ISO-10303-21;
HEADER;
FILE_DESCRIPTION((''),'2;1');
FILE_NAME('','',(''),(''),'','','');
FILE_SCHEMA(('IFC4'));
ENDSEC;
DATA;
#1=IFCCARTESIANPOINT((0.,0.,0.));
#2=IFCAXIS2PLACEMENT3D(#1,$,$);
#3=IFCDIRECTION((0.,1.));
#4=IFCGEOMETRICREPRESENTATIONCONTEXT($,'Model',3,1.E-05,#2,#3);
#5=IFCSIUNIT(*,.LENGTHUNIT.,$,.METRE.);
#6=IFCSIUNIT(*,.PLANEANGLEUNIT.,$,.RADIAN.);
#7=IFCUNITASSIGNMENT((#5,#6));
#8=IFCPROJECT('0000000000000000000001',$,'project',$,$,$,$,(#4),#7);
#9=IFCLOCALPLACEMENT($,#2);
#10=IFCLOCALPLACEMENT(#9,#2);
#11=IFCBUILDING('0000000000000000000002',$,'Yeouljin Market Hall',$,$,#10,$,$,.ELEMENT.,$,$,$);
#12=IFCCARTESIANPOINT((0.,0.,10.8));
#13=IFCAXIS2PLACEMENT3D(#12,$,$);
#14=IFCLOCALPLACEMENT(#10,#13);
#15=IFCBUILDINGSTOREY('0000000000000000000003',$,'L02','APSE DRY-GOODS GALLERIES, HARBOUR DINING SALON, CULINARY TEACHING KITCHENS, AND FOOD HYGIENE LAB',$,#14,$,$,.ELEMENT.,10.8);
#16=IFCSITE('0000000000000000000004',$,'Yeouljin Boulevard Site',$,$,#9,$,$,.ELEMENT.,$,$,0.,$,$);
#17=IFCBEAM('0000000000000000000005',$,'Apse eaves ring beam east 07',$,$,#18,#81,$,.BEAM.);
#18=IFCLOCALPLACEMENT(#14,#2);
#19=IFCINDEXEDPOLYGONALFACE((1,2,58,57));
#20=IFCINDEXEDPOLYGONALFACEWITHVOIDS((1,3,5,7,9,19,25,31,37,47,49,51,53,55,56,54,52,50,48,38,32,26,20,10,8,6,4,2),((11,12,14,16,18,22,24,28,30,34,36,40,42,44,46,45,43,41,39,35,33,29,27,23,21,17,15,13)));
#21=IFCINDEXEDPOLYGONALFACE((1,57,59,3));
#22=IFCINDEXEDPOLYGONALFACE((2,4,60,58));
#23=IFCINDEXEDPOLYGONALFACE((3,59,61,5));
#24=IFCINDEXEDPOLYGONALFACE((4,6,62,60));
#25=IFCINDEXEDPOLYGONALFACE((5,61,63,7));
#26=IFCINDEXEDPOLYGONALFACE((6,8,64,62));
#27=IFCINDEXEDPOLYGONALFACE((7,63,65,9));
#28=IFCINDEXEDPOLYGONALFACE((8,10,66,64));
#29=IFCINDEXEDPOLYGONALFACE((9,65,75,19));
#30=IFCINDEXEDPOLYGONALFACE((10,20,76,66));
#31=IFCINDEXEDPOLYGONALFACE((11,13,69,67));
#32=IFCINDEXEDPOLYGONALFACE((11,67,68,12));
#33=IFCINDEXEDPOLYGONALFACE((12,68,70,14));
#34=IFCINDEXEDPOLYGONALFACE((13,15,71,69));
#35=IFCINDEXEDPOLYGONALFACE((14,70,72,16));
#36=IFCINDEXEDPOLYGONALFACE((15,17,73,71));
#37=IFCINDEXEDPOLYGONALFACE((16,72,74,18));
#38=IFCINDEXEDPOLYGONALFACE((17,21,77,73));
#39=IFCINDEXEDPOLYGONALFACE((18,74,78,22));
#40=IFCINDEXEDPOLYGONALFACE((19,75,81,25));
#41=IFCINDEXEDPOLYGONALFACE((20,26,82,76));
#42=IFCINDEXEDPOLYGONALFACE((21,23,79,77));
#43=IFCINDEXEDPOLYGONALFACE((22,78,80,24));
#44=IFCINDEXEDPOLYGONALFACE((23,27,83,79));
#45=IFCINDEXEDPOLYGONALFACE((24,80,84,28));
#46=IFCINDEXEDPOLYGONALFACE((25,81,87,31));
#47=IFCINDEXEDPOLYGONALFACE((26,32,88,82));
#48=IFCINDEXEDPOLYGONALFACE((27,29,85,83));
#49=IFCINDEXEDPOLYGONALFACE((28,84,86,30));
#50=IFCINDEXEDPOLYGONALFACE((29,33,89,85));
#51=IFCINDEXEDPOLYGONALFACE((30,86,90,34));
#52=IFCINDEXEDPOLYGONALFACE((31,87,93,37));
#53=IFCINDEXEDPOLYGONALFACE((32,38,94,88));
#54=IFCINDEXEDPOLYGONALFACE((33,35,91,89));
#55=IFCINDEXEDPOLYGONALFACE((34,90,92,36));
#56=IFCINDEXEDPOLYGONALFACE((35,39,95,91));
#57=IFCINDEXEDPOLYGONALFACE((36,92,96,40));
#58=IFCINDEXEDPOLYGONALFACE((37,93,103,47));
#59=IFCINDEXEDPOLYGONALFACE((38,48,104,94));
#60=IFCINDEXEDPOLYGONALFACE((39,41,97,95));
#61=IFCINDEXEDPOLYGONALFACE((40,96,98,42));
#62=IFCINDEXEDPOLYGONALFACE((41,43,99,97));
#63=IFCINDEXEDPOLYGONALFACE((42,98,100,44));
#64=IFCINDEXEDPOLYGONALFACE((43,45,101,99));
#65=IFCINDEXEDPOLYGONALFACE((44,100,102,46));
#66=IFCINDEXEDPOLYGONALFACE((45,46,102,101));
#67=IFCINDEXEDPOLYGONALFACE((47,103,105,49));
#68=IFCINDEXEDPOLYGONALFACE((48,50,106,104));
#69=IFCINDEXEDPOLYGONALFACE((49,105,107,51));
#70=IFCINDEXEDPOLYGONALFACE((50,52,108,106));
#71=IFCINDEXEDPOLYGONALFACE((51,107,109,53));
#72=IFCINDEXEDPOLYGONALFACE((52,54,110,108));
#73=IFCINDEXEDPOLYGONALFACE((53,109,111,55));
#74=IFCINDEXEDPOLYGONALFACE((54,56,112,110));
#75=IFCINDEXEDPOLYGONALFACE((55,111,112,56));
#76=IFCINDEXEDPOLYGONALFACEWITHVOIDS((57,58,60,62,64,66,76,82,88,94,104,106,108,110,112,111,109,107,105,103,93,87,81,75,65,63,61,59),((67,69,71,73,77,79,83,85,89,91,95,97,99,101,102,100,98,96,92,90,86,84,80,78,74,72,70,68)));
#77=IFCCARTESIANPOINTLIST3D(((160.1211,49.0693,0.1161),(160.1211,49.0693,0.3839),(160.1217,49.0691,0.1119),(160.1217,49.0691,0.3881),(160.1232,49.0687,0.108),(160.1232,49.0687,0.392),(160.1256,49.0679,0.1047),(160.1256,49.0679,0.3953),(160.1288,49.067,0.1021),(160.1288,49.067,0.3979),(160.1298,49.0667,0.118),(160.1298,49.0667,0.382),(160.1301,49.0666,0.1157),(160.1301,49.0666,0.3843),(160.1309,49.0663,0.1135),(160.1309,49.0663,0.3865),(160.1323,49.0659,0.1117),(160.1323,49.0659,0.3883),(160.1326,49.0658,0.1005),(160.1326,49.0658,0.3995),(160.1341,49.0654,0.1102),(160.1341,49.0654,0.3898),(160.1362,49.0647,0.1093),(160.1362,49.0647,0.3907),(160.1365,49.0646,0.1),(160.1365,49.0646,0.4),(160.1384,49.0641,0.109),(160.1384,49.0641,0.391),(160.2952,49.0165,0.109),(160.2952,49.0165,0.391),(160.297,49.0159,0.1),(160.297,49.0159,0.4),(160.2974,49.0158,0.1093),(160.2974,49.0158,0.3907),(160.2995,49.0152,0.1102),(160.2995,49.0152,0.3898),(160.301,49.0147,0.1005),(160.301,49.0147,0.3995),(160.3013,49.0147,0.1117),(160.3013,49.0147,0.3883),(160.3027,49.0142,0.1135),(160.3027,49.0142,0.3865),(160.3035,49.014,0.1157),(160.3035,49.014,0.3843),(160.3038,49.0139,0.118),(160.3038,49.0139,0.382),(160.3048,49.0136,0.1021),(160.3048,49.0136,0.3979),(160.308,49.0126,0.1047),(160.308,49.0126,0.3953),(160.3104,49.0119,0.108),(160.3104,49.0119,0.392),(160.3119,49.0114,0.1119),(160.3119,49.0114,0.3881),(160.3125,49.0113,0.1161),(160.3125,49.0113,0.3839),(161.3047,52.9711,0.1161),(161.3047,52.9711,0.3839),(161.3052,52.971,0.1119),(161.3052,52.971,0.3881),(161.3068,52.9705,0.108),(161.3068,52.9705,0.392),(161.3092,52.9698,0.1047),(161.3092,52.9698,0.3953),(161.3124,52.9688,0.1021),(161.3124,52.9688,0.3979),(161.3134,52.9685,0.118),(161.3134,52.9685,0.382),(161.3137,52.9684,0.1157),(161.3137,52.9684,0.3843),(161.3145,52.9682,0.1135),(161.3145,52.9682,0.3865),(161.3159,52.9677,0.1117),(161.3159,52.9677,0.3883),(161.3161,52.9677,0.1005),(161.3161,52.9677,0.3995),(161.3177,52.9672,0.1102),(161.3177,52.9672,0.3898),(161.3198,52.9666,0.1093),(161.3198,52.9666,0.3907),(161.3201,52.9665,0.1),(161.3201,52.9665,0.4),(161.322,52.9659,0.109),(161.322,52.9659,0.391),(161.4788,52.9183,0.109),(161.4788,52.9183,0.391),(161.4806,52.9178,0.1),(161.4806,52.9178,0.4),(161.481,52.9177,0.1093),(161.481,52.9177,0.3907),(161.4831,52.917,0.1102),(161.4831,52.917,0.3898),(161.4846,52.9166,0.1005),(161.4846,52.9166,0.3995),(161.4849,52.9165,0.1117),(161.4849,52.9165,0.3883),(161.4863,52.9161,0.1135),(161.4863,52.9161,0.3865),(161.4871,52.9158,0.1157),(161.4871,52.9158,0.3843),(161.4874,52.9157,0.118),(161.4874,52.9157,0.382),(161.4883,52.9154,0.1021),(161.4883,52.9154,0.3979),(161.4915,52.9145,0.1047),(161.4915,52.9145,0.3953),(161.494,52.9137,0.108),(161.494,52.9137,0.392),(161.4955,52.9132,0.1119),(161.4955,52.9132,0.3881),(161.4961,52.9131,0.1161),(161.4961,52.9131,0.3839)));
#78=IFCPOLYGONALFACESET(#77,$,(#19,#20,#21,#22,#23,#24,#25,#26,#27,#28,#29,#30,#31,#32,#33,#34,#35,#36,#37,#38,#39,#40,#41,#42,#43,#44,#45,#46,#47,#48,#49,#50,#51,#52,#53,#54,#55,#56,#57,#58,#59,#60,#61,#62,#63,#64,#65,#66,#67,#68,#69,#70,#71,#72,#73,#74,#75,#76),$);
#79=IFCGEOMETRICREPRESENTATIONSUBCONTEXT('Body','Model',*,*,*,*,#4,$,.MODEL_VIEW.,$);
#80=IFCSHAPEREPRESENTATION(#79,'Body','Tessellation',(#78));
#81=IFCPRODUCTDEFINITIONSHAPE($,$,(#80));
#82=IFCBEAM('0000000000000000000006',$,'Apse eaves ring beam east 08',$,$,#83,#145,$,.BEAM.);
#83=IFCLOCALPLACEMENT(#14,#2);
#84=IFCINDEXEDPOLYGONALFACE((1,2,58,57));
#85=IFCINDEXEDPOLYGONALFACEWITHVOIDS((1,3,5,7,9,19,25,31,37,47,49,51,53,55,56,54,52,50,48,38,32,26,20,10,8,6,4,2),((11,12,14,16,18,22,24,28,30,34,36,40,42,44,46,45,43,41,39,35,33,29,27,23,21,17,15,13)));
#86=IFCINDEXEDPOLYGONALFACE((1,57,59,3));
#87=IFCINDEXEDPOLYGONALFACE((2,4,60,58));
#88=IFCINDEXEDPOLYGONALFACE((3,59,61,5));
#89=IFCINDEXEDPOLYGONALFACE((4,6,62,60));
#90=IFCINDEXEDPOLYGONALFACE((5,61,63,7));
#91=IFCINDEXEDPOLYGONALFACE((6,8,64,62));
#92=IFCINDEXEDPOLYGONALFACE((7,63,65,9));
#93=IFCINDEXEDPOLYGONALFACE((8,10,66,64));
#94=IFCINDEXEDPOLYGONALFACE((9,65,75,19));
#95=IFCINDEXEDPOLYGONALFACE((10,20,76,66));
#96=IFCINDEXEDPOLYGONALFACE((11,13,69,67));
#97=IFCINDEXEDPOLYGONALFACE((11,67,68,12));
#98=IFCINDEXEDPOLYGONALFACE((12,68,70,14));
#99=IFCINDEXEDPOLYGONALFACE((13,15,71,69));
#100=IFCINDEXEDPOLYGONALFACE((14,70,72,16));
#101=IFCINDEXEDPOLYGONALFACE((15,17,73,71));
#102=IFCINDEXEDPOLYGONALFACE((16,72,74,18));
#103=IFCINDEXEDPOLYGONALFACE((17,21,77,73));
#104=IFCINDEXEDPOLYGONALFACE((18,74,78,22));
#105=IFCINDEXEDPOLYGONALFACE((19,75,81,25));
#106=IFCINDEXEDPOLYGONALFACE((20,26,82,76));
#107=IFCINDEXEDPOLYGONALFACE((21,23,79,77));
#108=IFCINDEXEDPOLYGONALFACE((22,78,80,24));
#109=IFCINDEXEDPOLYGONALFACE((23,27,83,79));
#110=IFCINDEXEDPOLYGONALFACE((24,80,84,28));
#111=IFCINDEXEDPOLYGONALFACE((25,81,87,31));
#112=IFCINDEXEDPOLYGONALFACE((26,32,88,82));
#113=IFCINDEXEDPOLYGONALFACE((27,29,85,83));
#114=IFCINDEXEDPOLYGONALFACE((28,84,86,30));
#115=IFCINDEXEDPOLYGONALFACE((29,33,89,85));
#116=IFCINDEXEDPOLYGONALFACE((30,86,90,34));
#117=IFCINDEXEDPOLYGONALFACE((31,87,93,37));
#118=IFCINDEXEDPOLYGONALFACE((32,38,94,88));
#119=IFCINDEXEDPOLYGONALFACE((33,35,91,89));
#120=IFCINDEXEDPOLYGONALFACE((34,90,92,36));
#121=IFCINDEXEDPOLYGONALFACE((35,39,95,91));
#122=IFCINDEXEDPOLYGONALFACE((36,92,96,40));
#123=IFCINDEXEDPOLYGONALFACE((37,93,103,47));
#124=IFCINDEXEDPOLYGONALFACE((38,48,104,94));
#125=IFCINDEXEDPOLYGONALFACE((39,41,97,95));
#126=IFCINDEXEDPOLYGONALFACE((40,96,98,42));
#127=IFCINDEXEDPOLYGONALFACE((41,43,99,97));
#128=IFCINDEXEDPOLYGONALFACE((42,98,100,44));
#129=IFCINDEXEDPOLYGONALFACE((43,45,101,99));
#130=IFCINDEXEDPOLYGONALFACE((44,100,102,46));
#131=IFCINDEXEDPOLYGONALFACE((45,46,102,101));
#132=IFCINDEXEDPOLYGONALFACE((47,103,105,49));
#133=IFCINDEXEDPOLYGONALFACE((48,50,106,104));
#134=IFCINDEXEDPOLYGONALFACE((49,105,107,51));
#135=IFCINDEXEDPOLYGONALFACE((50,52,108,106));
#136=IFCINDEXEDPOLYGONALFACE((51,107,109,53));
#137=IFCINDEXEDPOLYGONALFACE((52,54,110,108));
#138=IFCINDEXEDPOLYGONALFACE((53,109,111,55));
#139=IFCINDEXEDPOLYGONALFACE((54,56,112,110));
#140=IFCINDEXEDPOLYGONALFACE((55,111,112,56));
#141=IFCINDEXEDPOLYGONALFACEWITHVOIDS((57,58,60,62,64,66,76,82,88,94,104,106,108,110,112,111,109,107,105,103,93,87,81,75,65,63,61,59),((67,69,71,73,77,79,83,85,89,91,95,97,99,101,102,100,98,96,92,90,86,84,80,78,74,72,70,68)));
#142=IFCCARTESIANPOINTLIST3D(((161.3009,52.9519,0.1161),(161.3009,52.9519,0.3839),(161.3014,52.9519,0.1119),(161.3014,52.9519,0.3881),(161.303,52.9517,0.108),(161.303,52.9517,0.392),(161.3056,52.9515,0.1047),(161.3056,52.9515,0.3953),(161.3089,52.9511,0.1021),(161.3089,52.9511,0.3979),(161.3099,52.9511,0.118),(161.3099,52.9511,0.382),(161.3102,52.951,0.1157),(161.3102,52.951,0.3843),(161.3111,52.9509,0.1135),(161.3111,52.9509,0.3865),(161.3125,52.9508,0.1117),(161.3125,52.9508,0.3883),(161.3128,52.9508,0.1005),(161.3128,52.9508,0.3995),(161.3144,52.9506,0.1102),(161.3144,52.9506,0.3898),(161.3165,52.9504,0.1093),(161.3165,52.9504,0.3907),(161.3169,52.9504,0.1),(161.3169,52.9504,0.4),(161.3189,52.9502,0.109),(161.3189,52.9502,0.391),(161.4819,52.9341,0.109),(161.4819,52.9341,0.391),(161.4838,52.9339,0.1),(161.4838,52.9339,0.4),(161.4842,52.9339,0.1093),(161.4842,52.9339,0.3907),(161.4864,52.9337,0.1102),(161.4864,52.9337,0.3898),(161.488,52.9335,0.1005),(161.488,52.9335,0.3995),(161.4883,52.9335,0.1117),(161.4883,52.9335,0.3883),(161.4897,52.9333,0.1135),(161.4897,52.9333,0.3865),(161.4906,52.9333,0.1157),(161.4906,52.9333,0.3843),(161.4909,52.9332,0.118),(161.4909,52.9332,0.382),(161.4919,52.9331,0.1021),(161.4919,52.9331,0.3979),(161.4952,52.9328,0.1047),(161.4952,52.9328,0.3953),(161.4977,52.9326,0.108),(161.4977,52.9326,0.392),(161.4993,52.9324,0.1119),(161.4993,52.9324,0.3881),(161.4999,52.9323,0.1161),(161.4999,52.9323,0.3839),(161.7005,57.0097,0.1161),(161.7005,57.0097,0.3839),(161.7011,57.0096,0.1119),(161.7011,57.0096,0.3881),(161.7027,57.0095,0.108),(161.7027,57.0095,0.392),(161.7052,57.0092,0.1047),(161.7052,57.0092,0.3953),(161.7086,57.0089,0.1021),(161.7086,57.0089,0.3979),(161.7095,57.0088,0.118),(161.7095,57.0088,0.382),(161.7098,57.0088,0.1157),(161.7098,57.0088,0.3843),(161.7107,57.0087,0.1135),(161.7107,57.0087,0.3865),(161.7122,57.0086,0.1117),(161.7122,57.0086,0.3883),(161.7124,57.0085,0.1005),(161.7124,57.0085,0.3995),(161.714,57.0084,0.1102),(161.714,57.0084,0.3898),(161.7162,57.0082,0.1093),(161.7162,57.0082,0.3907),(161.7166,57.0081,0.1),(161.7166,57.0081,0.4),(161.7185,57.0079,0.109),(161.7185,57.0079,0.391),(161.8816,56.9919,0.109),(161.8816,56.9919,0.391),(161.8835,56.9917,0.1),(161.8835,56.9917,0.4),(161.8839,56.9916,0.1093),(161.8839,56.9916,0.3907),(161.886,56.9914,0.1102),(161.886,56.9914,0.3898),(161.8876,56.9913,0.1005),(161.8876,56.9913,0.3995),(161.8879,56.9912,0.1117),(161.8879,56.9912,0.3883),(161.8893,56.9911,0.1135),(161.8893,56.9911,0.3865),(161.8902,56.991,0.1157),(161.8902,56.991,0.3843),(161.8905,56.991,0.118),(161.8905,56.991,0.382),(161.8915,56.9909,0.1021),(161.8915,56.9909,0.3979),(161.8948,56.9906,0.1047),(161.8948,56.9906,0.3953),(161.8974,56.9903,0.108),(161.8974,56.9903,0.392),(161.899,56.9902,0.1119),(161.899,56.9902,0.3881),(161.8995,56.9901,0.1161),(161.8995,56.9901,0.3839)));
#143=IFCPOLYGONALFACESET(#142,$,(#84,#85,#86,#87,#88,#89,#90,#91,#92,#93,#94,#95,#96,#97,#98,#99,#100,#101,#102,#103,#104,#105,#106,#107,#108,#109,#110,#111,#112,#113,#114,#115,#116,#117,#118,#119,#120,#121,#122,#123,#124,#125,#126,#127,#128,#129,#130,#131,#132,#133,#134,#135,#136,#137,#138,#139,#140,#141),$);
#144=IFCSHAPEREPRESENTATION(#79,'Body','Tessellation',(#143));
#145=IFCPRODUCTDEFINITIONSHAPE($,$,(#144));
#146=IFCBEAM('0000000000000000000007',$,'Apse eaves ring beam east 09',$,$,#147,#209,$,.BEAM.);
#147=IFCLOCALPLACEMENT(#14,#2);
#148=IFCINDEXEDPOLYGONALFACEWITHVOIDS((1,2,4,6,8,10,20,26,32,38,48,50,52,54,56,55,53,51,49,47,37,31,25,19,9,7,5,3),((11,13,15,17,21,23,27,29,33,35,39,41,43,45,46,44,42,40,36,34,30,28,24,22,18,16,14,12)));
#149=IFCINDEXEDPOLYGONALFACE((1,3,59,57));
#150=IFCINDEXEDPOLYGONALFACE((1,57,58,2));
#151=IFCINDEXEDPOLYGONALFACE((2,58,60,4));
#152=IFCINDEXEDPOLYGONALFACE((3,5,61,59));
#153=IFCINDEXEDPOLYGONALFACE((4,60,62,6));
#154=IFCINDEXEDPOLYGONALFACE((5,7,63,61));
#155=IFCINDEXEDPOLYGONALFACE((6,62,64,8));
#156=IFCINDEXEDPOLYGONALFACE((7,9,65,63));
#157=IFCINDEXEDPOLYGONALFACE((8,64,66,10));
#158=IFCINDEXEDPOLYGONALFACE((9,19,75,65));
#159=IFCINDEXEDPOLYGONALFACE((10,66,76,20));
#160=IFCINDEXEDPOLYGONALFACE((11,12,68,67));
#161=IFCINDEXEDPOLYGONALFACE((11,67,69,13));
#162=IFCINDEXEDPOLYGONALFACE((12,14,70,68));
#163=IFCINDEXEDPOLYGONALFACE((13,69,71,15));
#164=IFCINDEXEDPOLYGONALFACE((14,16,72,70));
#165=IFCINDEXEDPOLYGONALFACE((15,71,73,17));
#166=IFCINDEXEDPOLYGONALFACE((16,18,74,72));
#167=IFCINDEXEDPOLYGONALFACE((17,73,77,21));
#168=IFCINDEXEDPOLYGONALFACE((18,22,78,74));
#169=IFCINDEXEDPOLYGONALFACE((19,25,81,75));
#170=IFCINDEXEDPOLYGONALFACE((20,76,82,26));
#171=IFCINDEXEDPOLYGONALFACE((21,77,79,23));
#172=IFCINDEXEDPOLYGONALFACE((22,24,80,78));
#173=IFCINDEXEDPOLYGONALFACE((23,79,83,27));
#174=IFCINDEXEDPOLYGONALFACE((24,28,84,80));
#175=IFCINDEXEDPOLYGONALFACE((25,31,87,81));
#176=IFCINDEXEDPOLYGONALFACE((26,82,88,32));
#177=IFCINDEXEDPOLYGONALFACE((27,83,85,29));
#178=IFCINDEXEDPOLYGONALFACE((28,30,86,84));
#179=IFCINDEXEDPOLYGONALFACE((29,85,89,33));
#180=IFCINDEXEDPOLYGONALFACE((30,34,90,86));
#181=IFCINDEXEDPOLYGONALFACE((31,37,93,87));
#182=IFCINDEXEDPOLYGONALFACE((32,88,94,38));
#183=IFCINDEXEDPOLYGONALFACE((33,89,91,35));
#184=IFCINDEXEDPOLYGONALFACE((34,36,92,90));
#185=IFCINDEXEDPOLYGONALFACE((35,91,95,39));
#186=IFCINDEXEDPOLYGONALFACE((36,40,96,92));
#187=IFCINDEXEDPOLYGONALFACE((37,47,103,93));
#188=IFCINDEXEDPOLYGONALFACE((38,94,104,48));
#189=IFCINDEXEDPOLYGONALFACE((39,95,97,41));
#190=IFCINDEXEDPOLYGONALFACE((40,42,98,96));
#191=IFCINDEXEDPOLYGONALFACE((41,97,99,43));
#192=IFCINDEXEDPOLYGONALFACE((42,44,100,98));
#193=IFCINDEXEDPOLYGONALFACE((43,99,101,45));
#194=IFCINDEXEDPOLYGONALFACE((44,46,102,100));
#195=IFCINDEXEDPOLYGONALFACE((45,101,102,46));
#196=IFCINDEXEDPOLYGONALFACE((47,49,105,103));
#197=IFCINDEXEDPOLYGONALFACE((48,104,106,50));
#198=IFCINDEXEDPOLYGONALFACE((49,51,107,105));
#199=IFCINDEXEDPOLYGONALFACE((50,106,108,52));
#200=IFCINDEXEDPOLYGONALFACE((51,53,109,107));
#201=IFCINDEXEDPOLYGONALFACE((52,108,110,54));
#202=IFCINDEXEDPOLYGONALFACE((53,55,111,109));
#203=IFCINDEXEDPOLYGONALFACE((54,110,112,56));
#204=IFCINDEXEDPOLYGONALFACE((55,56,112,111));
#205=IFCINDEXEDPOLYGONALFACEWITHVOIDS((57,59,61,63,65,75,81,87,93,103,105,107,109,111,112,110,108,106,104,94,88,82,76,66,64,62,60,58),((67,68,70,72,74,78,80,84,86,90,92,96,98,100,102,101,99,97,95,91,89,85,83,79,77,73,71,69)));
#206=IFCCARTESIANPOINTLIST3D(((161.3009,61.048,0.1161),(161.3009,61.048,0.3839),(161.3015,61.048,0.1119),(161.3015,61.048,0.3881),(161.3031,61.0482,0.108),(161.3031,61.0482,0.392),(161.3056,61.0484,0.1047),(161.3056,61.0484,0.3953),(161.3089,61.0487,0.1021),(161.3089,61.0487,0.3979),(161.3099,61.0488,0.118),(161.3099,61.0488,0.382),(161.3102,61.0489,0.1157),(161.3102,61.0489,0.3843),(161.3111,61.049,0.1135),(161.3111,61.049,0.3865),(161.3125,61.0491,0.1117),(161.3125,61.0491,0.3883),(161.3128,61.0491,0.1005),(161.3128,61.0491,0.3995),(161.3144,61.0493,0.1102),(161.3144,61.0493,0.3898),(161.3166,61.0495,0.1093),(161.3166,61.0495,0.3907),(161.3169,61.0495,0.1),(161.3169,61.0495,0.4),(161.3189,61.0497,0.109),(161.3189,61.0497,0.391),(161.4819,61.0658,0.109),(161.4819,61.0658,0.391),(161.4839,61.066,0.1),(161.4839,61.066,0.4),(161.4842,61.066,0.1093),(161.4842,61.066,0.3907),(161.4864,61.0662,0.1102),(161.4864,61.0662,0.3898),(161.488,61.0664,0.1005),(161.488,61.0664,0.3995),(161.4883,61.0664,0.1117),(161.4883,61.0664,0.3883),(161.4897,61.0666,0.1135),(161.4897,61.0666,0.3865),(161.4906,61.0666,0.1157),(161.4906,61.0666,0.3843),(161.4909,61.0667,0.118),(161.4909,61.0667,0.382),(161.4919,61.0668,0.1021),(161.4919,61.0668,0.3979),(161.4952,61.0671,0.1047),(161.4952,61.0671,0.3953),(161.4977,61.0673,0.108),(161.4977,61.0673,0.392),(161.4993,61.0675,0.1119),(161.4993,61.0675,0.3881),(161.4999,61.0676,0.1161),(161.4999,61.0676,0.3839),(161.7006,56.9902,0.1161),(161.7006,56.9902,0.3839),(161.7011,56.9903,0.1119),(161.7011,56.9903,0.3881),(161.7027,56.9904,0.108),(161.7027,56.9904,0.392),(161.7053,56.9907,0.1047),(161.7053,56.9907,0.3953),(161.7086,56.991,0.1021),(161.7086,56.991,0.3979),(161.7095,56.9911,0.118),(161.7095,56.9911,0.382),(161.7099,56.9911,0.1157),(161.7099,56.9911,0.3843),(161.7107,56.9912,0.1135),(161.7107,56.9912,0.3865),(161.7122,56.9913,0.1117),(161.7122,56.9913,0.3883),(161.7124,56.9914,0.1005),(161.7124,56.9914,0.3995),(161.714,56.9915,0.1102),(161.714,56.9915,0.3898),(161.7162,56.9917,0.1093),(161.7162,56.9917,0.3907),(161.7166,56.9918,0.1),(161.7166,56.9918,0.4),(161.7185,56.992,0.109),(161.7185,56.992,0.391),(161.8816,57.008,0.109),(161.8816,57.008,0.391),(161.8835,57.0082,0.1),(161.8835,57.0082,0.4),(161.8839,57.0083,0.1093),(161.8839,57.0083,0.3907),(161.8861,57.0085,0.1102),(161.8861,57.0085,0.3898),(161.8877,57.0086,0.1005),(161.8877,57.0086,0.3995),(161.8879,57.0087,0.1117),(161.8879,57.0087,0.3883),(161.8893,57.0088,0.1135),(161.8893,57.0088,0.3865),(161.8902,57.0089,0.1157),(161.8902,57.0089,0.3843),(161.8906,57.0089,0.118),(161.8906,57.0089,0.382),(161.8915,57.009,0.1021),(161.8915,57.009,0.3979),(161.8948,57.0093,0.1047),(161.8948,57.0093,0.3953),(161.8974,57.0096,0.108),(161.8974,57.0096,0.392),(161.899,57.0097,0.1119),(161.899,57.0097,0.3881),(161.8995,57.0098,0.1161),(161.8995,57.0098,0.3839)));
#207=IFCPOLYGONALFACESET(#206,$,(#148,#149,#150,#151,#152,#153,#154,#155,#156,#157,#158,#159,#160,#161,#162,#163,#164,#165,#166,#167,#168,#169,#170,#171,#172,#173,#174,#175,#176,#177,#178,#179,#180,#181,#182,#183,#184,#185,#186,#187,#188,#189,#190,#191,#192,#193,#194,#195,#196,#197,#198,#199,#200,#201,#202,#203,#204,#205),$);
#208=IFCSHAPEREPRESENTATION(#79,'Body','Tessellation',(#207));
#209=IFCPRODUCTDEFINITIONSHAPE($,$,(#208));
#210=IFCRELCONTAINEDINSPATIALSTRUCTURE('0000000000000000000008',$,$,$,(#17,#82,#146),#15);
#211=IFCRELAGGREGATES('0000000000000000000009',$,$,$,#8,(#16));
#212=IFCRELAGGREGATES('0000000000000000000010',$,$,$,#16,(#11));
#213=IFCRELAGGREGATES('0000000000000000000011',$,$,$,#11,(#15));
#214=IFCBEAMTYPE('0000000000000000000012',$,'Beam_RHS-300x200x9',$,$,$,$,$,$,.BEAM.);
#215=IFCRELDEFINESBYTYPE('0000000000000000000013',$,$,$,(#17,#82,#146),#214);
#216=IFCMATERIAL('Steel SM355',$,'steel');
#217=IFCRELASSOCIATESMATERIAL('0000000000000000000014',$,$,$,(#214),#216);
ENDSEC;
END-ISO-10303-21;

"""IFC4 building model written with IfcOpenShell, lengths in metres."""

from ifc_helpers import new_model, si_unit, direction, frame, origin, origin_2d, place, context, subcontext, project, spatial, hollow_rectangle, extrude, material, material_profile, profile_set, type_object, element, save


model = new_model("IFC4")

# Units and contexts
model_context = context("Model", 3, precision=1e-05, world=origin(), true_north=direction((0.0, 1.0)))
body_context = subcontext(model_context, "Body", "Model", "MODEL_VIEW")
ifc_project = project(units=[si_unit("LENGTHUNIT", "METRE"), si_unit("PLANEANGLEUNIT", "RADIAN")], contexts=[model_context])

# Site, building, storey
site_placement = place(None, origin())
site = spatial("IfcSite", under=ifc_project, at=site_placement, Name="Yeouljin Boulevard Site", CompositionType="ELEMENT", RefElevation=0.0)
building_placement = place(site_placement, origin())
building = spatial("IfcBuilding", under=site, at=building_placement, Name="Yeouljin Market Hall", CompositionType="ELEMENT")
storey_placement = place(building_placement, frame((0.0, 0.0, 10.8)))
storey = spatial("IfcBuildingStorey", under=building, at=storey_placement, Name="L02", Description="APSE DRY-GOODS GALLERIES, HARBOUR DINING SALON, CULINARY TEACHING KITCHENS, AND FOOD HYGIENE LAB", CompositionType="ELEMENT", Elevation=10.8)

# Beams
ifc_material_1 = material(Name="Steel SM355", Category="steel")
ifc_material_profile_1 = material_profile(ifc_material_1, hollow_rectangle(XDim=0.2, YDim=0.3, WallThickness=0.009, InnerFilletRadius=0.009, OuterFilletRadius=0.0161, at=origin_2d()), Name="RHS-300x200x9")
ifc_profile_set_1 = profile_set([ifc_material_profile_1], Name="Steel SM355")
beam_type_1 = type_object("IfcBeamType", Name="Beam_RHS-300x200x9", PredefinedType="BEAM", material=ifc_profile_set_1)
for number, where, z_axis, x_axis, name in (
    (1, (160.2168, 49.0403, 0.25), (0.29028, 0.956942, 0.0), (-0.956942, 0.29028, 0.0), "Apse eaves ring beam east 07"),
    (2, (161.4004, 52.9421, 0.25), (0.098016, 0.995185, 0.0), (-0.995185, 0.098016, 0.0), "Apse eaves ring beam east 08"),
    (3, (161.8, 57.0, 0.25), (-0.098016, 0.995185, 0.0), (-0.995185, -0.098016, 0.0), "Apse eaves ring beam east 09"),
):
    element("IfcBeam", number, at=place(storey_placement, frame(where, z_axis=z_axis, x_axis=x_axis)), inside=storey, type_object=beam_type_1, Name=name, PredefinedType="BEAM", context=body_context, shape_type="SweptSolid", body=[
        extrude(hollow_rectangle(XDim=0.2, YDim=0.3, WallThickness=0.009, InnerFilletRadius=0.009, OuterFilletRadius=0.0161, at=origin_2d()), origin(), (0.0, 0.0, 1.0), 4.0774),
    ])

save(model, "model.ifc")
